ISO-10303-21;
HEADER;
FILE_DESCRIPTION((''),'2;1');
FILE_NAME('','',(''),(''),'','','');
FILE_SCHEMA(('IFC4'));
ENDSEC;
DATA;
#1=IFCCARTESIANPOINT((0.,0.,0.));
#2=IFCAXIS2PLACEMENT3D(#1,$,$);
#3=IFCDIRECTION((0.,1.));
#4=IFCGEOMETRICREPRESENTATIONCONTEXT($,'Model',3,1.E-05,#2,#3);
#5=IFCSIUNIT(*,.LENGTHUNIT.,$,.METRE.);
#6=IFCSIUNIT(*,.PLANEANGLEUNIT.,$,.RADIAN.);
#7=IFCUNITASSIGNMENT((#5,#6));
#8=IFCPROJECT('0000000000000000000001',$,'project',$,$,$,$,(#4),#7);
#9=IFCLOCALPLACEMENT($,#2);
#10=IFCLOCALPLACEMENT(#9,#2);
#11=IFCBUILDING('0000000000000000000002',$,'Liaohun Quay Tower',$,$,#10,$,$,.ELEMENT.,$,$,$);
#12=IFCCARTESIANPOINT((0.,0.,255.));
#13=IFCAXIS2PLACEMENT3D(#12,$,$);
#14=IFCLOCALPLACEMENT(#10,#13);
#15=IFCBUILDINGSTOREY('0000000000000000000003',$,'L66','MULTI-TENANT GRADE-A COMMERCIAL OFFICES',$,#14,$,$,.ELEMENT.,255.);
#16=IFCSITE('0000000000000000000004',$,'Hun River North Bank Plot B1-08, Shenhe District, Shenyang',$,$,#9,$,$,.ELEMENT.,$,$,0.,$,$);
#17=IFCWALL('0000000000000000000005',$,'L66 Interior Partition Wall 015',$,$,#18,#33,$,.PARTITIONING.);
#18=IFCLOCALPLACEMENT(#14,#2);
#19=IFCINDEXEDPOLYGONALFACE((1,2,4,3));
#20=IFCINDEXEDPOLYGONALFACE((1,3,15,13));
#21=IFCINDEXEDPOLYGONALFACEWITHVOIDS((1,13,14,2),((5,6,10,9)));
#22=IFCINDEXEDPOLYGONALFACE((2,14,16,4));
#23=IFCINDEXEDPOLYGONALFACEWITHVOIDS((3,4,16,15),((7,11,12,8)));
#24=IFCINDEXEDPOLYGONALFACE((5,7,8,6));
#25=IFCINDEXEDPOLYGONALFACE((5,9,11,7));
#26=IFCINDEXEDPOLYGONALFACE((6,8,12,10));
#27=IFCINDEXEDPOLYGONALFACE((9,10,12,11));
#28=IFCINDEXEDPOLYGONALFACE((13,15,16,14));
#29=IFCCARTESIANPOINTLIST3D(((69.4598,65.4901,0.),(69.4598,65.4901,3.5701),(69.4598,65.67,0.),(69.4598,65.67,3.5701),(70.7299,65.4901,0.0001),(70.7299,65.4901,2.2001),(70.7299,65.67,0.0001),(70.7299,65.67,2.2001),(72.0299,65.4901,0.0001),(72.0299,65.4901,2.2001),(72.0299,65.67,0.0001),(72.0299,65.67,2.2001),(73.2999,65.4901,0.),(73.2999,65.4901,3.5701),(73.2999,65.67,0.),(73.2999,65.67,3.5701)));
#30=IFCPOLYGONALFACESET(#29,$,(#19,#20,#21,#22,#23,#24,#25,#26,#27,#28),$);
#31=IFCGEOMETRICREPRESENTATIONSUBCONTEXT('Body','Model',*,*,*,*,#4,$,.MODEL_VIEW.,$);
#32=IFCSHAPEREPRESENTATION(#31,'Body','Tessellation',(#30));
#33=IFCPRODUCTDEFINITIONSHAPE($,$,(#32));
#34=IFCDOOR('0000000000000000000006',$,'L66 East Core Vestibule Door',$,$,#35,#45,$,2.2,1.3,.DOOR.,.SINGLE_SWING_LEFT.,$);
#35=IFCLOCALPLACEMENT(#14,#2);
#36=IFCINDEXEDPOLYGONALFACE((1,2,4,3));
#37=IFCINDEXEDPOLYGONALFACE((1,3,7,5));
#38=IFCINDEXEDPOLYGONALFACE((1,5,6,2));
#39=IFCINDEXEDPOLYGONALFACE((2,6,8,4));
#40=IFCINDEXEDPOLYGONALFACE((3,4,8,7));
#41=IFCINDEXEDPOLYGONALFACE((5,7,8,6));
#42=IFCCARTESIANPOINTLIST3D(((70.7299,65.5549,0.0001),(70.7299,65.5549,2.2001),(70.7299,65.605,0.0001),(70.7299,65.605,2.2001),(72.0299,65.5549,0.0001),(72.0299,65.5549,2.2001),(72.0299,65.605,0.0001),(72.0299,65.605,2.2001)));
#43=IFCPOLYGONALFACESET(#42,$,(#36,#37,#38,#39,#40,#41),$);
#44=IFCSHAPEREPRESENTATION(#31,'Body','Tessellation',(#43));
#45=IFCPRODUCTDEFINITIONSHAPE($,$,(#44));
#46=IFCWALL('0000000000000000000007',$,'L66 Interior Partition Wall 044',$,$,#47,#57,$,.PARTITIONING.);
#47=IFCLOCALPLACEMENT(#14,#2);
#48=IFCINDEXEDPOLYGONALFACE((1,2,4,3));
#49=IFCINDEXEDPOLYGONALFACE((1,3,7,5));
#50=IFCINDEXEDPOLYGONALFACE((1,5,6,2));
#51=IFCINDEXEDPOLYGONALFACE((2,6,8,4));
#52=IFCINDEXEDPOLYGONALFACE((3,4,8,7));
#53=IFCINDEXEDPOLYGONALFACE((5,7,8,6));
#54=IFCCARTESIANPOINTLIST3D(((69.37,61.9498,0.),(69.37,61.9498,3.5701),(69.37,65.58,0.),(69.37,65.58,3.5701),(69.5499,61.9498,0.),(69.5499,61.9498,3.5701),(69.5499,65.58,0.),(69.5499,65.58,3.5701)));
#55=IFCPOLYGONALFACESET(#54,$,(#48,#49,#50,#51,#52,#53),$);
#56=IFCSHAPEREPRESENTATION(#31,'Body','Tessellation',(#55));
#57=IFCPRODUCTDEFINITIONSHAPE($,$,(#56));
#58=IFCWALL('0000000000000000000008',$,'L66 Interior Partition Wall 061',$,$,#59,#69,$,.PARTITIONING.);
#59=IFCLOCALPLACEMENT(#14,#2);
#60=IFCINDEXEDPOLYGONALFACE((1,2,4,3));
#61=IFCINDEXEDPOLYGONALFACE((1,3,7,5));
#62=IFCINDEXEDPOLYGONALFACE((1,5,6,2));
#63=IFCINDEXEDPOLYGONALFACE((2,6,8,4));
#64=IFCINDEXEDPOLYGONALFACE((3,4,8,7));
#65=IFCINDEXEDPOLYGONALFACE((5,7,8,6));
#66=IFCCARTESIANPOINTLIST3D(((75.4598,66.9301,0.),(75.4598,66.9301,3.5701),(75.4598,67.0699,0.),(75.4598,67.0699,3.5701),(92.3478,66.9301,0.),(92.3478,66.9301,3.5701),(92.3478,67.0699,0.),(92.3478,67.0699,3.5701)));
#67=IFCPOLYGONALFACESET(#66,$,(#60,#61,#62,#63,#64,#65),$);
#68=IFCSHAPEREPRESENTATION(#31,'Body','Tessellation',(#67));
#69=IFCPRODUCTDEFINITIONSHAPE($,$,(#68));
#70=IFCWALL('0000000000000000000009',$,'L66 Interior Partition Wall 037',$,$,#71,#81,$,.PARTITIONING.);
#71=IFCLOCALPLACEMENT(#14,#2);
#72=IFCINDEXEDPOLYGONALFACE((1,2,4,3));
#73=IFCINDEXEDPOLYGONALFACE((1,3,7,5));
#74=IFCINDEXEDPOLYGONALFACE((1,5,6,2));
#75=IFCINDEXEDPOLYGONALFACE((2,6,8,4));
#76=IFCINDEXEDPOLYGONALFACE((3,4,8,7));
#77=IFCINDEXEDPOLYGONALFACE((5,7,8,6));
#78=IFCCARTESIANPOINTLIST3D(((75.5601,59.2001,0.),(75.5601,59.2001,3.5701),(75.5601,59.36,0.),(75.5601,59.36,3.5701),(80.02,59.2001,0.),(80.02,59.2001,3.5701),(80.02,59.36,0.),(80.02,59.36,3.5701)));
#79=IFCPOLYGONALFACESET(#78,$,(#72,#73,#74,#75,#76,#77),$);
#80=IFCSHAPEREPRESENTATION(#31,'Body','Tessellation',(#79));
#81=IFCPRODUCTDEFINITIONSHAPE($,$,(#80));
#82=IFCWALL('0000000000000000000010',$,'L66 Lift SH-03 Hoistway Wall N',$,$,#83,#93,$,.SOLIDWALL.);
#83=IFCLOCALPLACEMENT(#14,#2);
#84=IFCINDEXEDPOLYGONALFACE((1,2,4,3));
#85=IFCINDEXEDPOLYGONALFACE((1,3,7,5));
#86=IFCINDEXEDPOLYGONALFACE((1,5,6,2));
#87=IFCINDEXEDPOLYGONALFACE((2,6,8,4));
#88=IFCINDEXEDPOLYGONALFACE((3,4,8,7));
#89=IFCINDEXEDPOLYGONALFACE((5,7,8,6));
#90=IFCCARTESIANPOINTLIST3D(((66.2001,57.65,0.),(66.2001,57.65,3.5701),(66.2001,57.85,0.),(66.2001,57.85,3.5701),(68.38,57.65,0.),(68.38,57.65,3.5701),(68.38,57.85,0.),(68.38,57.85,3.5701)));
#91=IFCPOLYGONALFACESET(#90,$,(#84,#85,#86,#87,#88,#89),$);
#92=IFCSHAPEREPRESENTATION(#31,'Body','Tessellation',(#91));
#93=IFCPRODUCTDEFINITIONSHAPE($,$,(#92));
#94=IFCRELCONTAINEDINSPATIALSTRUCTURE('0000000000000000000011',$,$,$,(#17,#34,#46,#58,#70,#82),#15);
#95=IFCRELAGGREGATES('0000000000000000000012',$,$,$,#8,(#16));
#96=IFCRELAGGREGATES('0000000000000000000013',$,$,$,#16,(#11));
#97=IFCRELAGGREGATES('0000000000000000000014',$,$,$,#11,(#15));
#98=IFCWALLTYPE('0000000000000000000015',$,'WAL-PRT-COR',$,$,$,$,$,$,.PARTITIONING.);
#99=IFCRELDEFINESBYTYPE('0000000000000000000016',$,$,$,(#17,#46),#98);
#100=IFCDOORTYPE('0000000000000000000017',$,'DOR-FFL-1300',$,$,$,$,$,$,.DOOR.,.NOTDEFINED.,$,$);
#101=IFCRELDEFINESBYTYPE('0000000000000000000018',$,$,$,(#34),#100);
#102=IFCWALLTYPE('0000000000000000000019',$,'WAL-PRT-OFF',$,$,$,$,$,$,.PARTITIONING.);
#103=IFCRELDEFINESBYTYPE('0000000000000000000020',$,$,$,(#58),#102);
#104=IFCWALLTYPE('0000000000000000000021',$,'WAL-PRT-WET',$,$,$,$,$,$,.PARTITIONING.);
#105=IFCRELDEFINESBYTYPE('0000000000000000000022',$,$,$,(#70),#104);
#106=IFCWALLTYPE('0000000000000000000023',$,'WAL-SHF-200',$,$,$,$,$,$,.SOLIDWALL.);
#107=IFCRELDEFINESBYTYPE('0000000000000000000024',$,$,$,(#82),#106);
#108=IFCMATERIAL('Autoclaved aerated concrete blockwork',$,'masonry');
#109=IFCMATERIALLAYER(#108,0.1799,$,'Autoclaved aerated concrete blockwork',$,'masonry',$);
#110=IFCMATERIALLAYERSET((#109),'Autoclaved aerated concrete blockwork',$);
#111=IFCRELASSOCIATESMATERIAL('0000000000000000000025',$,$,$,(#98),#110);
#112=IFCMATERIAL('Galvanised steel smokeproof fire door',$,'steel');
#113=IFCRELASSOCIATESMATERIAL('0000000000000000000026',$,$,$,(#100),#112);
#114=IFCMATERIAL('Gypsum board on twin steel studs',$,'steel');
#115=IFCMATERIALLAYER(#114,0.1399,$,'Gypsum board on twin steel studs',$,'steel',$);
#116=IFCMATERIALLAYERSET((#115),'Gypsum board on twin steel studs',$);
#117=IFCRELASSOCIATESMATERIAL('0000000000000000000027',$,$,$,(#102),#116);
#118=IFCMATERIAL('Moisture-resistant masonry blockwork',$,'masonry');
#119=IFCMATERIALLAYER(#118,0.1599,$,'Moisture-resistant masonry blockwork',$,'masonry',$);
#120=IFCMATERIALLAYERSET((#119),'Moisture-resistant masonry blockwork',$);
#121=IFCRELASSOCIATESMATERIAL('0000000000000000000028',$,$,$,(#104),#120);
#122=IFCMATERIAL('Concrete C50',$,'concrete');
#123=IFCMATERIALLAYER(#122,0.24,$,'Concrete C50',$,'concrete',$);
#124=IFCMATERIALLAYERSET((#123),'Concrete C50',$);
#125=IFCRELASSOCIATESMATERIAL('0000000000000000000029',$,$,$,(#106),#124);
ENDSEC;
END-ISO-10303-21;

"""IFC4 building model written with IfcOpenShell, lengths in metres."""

from ifc_helpers import new_model, si_unit, direction, frame, frame_2d, origin, place, context, subcontext, project, spatial, rectangle, extrude, source, transform, mapped, material, layer, layer_set, type_object, element, fill, save


model = new_model("IFC4")

# Units and contexts
model_context = context("Model", 3, precision=1e-05, world=origin(), true_north=direction((0.0, 1.0)))
body_context = subcontext(model_context, "Body", "Model", "MODEL_VIEW")
ifc_project = project(units=[si_unit("LENGTHUNIT", "METRE"), si_unit("PLANEANGLEUNIT", "RADIAN")], contexts=[model_context])

# Site, building, storey
site_placement = place(None, origin())
site = spatial("IfcSite", under=ifc_project, at=site_placement, Name="Hun River North Bank Plot B1-08, Shenhe District, Shenyang", CompositionType="ELEMENT", RefElevation=0.0)
building_placement = place(site_placement, origin())
building = spatial("IfcBuilding", under=site, at=building_placement, Name="Liaohun Quay Tower", CompositionType="ELEMENT")
storey_placement = place(building_placement, frame((0.0, 0.0, 255.0)))
storey = spatial("IfcBuildingStorey", under=building, at=storey_placement, Name="L66", Description="MULTI-TENANT GRADE-A COMMERCIAL OFFICES", CompositionType="ELEMENT", Elevation=255.0)

# Wall, opening, door
ifc_material_1 = material(Name="Autoclaved aerated concrete blockwork", Category="masonry")
ifc_layer_1 = layer(ifc_material_1, 0.1799, Name="Autoclaved aerated concrete blockwork", Category="masonry")
ifc_layer_set_1 = layer_set([ifc_layer_1], Name="Autoclaved aerated concrete blockwork")
wall_type_1 = type_object("IfcWallType", Name="WAL-PRT-COR", PredefinedType="PARTITIONING", material=ifc_layer_set_1)
wall_1_placement = place(storey_placement, frame((69.46, 65.5801, 0.0), z_axis=(0.0, 0.0, 1.0), x_axis=(1.0, 0.0, 0.0)))
wall_1 = element("IfcWall", 1, at=wall_1_placement, inside=storey, type_object=wall_type_1, Name="L66 Interior Partition Wall 015", PredefinedType="PARTITIONING", context=body_context, shape_type="SweptSolid", body=[
    extrude(rectangle(XDim=3.8401, YDim=0.1799, at=frame_2d((1.9199, 0.0))), origin(), (0.0, 0.0, 1.0), 3.5701),
])
shared_shape_1 = source(origin(), body_context, "Body", "SweptSolid", [
    extrude(rectangle(XDim=1.3, YDim=2.2, at=frame_2d((0.6499, 1.1001))), frame((0.0, 0.0999, 0.0), z_axis=(0.0, -1.0, 0.0), x_axis=(1.0, 0.0, 0.0)), (0.0, 0.0, 1.0), 0.2),
])
opening_1_placement = place(wall_1_placement, frame((1.27, 0.0, 0.0)))
opening_1 = element("IfcOpeningElement", 2, at=opening_1_placement, cuts=wall_1, PredefinedType="OPENING", context=body_context, shape_type="MappedRepresentation", body=[
    mapped(shared_shape_1, transform((0.0, 0.0, 0.0), x_axis=(1.0, 0.0, 0.0), y_axis=(0.0, 1.0, 0.0), z_axis=(0.0, 0.0, 1.0), scale=1.0)),
])
ifc_material_2 = material(Name="Galvanised steel smokeproof fire door", Category="steel")
door_type_1 = type_object("IfcDoorType", Name="DOR-FFL-1300", OperationType="NOTDEFINED", PredefinedType="DOOR", material=ifc_material_2)
shared_shape_2 = source(origin(), body_context, "Body", "SweptSolid", [
    extrude(rectangle(XDim=1.3, YDim=2.2, at=frame_2d((0.6499, 1.1001))), frame((0.0, 0.0249, 0.0), z_axis=(0.0, -1.0, 0.0), x_axis=(1.0, 0.0, 0.0)), (0.0, 0.0, 1.0), 0.05),
])
door_1_placement = place(opening_1_placement, origin())
door_1 = element("IfcDoor", 3, at=door_1_placement, inside=storey, type_object=door_type_1, Name="L66 East Core Vestibule Door", OperationType="SINGLE_SWING_LEFT", OverallHeight=2.2, OverallWidth=1.3, PredefinedType="DOOR", context=body_context, shape_type="MappedRepresentation", body=[
    mapped(shared_shape_2, transform((0.0, 0.0, 0.0), x_axis=(1.0, 0.0, 0.0), y_axis=(0.0, 1.0, 0.0), z_axis=(0.0, 0.0, 1.0), scale=1.0)),
])
fill(opening_1, door_1)

# Walls
wall_2_placement = place(storey_placement, frame((69.46, 61.95, 0.0), z_axis=(0.0, 0.0, 1.0), x_axis=(0.0, 1.0, 0.0)))
element("IfcWall", 4, at=wall_2_placement, inside=storey, type_object=wall_type_1, Name="L66 Interior Partition Wall 044", PredefinedType="PARTITIONING", context=body_context, shape_type="SweptSolid", body=[
    extrude(rectangle(XDim=3.6301, YDim=0.1799, at=frame_2d((1.8149, 0.0))), origin(), (0.0, 0.0, 1.0), 3.5701),
])
ifc_material_3 = material(Name="Gypsum board on twin steel studs", Category="steel")
ifc_layer_2 = layer(ifc_material_3, 0.1399, Name="Gypsum board on twin steel studs", Category="steel")
ifc_layer_set_2 = layer_set([ifc_layer_2], Name="Gypsum board on twin steel studs")
wall_type_2 = type_object("IfcWallType", Name="WAL-PRT-OFF", PredefinedType="PARTITIONING", material=ifc_layer_set_2)
wall_3_placement = place(storey_placement, frame((75.46, 67.0, 0.0), z_axis=(0.0, 0.0, 1.0), x_axis=(1.0, 0.0, 0.0)))
element("IfcWall", 5, at=wall_3_placement, inside=storey, type_object=wall_type_2, Name="L66 Interior Partition Wall 061", PredefinedType="PARTITIONING", context=body_context, shape_type="SweptSolid", body=[
    extrude(rectangle(XDim=16.8879, YDim=0.1399, at=frame_2d((8.4438, 0.0))), origin(), (0.0, 0.0, 1.0), 3.5701),
])

# Shared definitions
ifc_material_4 = material(Name="Moisture-resistant masonry blockwork", Category="masonry")
ifc_layer_3 = layer(ifc_material_4, 0.1599, Name="Moisture-resistant masonry blockwork", Category="masonry")
ifc_layer_set_3 = layer_set([ifc_layer_3], Name="Moisture-resistant masonry blockwork")
wall_type_3 = type_object("IfcWallType", Name="WAL-PRT-WET", PredefinedType="PARTITIONING", material=ifc_layer_set_3)

# Walls
wall_4_placement = place(storey_placement, frame((75.5601, 59.28, 0.0), z_axis=(0.0, 0.0, 1.0), x_axis=(1.0, 0.0, 0.0)))
element("IfcWall", 6, at=wall_4_placement, inside=storey, type_object=wall_type_3, Name="L66 Interior Partition Wall 037", PredefinedType="PARTITIONING", context=body_context, shape_type="SweptSolid", body=[
    extrude(rectangle(XDim=4.46, YDim=0.1599, at=frame_2d((2.23, 0.0))), origin(), (0.0, 0.0, 1.0), 3.5701),
])
ifc_material_5 = material(Name="Concrete C50", Category="concrete")
ifc_layer_4 = layer(ifc_material_5, 0.24, Name="Concrete C50", Category="concrete")
ifc_layer_set_4 = layer_set([ifc_layer_4], Name="Concrete C50")
wall_type_4 = type_object("IfcWallType", Name="WAL-SHF-200", PredefinedType="SOLIDWALL", material=ifc_layer_set_4)
wall_5_placement = place(storey_placement, frame((68.3799, 57.75, 0.0), z_axis=(0.0, 0.0, 1.0), x_axis=(-1.0, 0.0, 0.0)))
element("IfcWall", 7, at=wall_5_placement, inside=storey, type_object=wall_type_4, Name="L66 Lift SH-03 Hoistway Wall N", PredefinedType="SOLIDWALL", context=body_context, shape_type="SweptSolid", body=[
    extrude(rectangle(XDim=2.1799, YDim=0.2, at=frame_2d((1.0898, 0.0))), origin(), (0.0, 0.0, 1.0), 3.5701),
])

save(model, "model.ifc")
